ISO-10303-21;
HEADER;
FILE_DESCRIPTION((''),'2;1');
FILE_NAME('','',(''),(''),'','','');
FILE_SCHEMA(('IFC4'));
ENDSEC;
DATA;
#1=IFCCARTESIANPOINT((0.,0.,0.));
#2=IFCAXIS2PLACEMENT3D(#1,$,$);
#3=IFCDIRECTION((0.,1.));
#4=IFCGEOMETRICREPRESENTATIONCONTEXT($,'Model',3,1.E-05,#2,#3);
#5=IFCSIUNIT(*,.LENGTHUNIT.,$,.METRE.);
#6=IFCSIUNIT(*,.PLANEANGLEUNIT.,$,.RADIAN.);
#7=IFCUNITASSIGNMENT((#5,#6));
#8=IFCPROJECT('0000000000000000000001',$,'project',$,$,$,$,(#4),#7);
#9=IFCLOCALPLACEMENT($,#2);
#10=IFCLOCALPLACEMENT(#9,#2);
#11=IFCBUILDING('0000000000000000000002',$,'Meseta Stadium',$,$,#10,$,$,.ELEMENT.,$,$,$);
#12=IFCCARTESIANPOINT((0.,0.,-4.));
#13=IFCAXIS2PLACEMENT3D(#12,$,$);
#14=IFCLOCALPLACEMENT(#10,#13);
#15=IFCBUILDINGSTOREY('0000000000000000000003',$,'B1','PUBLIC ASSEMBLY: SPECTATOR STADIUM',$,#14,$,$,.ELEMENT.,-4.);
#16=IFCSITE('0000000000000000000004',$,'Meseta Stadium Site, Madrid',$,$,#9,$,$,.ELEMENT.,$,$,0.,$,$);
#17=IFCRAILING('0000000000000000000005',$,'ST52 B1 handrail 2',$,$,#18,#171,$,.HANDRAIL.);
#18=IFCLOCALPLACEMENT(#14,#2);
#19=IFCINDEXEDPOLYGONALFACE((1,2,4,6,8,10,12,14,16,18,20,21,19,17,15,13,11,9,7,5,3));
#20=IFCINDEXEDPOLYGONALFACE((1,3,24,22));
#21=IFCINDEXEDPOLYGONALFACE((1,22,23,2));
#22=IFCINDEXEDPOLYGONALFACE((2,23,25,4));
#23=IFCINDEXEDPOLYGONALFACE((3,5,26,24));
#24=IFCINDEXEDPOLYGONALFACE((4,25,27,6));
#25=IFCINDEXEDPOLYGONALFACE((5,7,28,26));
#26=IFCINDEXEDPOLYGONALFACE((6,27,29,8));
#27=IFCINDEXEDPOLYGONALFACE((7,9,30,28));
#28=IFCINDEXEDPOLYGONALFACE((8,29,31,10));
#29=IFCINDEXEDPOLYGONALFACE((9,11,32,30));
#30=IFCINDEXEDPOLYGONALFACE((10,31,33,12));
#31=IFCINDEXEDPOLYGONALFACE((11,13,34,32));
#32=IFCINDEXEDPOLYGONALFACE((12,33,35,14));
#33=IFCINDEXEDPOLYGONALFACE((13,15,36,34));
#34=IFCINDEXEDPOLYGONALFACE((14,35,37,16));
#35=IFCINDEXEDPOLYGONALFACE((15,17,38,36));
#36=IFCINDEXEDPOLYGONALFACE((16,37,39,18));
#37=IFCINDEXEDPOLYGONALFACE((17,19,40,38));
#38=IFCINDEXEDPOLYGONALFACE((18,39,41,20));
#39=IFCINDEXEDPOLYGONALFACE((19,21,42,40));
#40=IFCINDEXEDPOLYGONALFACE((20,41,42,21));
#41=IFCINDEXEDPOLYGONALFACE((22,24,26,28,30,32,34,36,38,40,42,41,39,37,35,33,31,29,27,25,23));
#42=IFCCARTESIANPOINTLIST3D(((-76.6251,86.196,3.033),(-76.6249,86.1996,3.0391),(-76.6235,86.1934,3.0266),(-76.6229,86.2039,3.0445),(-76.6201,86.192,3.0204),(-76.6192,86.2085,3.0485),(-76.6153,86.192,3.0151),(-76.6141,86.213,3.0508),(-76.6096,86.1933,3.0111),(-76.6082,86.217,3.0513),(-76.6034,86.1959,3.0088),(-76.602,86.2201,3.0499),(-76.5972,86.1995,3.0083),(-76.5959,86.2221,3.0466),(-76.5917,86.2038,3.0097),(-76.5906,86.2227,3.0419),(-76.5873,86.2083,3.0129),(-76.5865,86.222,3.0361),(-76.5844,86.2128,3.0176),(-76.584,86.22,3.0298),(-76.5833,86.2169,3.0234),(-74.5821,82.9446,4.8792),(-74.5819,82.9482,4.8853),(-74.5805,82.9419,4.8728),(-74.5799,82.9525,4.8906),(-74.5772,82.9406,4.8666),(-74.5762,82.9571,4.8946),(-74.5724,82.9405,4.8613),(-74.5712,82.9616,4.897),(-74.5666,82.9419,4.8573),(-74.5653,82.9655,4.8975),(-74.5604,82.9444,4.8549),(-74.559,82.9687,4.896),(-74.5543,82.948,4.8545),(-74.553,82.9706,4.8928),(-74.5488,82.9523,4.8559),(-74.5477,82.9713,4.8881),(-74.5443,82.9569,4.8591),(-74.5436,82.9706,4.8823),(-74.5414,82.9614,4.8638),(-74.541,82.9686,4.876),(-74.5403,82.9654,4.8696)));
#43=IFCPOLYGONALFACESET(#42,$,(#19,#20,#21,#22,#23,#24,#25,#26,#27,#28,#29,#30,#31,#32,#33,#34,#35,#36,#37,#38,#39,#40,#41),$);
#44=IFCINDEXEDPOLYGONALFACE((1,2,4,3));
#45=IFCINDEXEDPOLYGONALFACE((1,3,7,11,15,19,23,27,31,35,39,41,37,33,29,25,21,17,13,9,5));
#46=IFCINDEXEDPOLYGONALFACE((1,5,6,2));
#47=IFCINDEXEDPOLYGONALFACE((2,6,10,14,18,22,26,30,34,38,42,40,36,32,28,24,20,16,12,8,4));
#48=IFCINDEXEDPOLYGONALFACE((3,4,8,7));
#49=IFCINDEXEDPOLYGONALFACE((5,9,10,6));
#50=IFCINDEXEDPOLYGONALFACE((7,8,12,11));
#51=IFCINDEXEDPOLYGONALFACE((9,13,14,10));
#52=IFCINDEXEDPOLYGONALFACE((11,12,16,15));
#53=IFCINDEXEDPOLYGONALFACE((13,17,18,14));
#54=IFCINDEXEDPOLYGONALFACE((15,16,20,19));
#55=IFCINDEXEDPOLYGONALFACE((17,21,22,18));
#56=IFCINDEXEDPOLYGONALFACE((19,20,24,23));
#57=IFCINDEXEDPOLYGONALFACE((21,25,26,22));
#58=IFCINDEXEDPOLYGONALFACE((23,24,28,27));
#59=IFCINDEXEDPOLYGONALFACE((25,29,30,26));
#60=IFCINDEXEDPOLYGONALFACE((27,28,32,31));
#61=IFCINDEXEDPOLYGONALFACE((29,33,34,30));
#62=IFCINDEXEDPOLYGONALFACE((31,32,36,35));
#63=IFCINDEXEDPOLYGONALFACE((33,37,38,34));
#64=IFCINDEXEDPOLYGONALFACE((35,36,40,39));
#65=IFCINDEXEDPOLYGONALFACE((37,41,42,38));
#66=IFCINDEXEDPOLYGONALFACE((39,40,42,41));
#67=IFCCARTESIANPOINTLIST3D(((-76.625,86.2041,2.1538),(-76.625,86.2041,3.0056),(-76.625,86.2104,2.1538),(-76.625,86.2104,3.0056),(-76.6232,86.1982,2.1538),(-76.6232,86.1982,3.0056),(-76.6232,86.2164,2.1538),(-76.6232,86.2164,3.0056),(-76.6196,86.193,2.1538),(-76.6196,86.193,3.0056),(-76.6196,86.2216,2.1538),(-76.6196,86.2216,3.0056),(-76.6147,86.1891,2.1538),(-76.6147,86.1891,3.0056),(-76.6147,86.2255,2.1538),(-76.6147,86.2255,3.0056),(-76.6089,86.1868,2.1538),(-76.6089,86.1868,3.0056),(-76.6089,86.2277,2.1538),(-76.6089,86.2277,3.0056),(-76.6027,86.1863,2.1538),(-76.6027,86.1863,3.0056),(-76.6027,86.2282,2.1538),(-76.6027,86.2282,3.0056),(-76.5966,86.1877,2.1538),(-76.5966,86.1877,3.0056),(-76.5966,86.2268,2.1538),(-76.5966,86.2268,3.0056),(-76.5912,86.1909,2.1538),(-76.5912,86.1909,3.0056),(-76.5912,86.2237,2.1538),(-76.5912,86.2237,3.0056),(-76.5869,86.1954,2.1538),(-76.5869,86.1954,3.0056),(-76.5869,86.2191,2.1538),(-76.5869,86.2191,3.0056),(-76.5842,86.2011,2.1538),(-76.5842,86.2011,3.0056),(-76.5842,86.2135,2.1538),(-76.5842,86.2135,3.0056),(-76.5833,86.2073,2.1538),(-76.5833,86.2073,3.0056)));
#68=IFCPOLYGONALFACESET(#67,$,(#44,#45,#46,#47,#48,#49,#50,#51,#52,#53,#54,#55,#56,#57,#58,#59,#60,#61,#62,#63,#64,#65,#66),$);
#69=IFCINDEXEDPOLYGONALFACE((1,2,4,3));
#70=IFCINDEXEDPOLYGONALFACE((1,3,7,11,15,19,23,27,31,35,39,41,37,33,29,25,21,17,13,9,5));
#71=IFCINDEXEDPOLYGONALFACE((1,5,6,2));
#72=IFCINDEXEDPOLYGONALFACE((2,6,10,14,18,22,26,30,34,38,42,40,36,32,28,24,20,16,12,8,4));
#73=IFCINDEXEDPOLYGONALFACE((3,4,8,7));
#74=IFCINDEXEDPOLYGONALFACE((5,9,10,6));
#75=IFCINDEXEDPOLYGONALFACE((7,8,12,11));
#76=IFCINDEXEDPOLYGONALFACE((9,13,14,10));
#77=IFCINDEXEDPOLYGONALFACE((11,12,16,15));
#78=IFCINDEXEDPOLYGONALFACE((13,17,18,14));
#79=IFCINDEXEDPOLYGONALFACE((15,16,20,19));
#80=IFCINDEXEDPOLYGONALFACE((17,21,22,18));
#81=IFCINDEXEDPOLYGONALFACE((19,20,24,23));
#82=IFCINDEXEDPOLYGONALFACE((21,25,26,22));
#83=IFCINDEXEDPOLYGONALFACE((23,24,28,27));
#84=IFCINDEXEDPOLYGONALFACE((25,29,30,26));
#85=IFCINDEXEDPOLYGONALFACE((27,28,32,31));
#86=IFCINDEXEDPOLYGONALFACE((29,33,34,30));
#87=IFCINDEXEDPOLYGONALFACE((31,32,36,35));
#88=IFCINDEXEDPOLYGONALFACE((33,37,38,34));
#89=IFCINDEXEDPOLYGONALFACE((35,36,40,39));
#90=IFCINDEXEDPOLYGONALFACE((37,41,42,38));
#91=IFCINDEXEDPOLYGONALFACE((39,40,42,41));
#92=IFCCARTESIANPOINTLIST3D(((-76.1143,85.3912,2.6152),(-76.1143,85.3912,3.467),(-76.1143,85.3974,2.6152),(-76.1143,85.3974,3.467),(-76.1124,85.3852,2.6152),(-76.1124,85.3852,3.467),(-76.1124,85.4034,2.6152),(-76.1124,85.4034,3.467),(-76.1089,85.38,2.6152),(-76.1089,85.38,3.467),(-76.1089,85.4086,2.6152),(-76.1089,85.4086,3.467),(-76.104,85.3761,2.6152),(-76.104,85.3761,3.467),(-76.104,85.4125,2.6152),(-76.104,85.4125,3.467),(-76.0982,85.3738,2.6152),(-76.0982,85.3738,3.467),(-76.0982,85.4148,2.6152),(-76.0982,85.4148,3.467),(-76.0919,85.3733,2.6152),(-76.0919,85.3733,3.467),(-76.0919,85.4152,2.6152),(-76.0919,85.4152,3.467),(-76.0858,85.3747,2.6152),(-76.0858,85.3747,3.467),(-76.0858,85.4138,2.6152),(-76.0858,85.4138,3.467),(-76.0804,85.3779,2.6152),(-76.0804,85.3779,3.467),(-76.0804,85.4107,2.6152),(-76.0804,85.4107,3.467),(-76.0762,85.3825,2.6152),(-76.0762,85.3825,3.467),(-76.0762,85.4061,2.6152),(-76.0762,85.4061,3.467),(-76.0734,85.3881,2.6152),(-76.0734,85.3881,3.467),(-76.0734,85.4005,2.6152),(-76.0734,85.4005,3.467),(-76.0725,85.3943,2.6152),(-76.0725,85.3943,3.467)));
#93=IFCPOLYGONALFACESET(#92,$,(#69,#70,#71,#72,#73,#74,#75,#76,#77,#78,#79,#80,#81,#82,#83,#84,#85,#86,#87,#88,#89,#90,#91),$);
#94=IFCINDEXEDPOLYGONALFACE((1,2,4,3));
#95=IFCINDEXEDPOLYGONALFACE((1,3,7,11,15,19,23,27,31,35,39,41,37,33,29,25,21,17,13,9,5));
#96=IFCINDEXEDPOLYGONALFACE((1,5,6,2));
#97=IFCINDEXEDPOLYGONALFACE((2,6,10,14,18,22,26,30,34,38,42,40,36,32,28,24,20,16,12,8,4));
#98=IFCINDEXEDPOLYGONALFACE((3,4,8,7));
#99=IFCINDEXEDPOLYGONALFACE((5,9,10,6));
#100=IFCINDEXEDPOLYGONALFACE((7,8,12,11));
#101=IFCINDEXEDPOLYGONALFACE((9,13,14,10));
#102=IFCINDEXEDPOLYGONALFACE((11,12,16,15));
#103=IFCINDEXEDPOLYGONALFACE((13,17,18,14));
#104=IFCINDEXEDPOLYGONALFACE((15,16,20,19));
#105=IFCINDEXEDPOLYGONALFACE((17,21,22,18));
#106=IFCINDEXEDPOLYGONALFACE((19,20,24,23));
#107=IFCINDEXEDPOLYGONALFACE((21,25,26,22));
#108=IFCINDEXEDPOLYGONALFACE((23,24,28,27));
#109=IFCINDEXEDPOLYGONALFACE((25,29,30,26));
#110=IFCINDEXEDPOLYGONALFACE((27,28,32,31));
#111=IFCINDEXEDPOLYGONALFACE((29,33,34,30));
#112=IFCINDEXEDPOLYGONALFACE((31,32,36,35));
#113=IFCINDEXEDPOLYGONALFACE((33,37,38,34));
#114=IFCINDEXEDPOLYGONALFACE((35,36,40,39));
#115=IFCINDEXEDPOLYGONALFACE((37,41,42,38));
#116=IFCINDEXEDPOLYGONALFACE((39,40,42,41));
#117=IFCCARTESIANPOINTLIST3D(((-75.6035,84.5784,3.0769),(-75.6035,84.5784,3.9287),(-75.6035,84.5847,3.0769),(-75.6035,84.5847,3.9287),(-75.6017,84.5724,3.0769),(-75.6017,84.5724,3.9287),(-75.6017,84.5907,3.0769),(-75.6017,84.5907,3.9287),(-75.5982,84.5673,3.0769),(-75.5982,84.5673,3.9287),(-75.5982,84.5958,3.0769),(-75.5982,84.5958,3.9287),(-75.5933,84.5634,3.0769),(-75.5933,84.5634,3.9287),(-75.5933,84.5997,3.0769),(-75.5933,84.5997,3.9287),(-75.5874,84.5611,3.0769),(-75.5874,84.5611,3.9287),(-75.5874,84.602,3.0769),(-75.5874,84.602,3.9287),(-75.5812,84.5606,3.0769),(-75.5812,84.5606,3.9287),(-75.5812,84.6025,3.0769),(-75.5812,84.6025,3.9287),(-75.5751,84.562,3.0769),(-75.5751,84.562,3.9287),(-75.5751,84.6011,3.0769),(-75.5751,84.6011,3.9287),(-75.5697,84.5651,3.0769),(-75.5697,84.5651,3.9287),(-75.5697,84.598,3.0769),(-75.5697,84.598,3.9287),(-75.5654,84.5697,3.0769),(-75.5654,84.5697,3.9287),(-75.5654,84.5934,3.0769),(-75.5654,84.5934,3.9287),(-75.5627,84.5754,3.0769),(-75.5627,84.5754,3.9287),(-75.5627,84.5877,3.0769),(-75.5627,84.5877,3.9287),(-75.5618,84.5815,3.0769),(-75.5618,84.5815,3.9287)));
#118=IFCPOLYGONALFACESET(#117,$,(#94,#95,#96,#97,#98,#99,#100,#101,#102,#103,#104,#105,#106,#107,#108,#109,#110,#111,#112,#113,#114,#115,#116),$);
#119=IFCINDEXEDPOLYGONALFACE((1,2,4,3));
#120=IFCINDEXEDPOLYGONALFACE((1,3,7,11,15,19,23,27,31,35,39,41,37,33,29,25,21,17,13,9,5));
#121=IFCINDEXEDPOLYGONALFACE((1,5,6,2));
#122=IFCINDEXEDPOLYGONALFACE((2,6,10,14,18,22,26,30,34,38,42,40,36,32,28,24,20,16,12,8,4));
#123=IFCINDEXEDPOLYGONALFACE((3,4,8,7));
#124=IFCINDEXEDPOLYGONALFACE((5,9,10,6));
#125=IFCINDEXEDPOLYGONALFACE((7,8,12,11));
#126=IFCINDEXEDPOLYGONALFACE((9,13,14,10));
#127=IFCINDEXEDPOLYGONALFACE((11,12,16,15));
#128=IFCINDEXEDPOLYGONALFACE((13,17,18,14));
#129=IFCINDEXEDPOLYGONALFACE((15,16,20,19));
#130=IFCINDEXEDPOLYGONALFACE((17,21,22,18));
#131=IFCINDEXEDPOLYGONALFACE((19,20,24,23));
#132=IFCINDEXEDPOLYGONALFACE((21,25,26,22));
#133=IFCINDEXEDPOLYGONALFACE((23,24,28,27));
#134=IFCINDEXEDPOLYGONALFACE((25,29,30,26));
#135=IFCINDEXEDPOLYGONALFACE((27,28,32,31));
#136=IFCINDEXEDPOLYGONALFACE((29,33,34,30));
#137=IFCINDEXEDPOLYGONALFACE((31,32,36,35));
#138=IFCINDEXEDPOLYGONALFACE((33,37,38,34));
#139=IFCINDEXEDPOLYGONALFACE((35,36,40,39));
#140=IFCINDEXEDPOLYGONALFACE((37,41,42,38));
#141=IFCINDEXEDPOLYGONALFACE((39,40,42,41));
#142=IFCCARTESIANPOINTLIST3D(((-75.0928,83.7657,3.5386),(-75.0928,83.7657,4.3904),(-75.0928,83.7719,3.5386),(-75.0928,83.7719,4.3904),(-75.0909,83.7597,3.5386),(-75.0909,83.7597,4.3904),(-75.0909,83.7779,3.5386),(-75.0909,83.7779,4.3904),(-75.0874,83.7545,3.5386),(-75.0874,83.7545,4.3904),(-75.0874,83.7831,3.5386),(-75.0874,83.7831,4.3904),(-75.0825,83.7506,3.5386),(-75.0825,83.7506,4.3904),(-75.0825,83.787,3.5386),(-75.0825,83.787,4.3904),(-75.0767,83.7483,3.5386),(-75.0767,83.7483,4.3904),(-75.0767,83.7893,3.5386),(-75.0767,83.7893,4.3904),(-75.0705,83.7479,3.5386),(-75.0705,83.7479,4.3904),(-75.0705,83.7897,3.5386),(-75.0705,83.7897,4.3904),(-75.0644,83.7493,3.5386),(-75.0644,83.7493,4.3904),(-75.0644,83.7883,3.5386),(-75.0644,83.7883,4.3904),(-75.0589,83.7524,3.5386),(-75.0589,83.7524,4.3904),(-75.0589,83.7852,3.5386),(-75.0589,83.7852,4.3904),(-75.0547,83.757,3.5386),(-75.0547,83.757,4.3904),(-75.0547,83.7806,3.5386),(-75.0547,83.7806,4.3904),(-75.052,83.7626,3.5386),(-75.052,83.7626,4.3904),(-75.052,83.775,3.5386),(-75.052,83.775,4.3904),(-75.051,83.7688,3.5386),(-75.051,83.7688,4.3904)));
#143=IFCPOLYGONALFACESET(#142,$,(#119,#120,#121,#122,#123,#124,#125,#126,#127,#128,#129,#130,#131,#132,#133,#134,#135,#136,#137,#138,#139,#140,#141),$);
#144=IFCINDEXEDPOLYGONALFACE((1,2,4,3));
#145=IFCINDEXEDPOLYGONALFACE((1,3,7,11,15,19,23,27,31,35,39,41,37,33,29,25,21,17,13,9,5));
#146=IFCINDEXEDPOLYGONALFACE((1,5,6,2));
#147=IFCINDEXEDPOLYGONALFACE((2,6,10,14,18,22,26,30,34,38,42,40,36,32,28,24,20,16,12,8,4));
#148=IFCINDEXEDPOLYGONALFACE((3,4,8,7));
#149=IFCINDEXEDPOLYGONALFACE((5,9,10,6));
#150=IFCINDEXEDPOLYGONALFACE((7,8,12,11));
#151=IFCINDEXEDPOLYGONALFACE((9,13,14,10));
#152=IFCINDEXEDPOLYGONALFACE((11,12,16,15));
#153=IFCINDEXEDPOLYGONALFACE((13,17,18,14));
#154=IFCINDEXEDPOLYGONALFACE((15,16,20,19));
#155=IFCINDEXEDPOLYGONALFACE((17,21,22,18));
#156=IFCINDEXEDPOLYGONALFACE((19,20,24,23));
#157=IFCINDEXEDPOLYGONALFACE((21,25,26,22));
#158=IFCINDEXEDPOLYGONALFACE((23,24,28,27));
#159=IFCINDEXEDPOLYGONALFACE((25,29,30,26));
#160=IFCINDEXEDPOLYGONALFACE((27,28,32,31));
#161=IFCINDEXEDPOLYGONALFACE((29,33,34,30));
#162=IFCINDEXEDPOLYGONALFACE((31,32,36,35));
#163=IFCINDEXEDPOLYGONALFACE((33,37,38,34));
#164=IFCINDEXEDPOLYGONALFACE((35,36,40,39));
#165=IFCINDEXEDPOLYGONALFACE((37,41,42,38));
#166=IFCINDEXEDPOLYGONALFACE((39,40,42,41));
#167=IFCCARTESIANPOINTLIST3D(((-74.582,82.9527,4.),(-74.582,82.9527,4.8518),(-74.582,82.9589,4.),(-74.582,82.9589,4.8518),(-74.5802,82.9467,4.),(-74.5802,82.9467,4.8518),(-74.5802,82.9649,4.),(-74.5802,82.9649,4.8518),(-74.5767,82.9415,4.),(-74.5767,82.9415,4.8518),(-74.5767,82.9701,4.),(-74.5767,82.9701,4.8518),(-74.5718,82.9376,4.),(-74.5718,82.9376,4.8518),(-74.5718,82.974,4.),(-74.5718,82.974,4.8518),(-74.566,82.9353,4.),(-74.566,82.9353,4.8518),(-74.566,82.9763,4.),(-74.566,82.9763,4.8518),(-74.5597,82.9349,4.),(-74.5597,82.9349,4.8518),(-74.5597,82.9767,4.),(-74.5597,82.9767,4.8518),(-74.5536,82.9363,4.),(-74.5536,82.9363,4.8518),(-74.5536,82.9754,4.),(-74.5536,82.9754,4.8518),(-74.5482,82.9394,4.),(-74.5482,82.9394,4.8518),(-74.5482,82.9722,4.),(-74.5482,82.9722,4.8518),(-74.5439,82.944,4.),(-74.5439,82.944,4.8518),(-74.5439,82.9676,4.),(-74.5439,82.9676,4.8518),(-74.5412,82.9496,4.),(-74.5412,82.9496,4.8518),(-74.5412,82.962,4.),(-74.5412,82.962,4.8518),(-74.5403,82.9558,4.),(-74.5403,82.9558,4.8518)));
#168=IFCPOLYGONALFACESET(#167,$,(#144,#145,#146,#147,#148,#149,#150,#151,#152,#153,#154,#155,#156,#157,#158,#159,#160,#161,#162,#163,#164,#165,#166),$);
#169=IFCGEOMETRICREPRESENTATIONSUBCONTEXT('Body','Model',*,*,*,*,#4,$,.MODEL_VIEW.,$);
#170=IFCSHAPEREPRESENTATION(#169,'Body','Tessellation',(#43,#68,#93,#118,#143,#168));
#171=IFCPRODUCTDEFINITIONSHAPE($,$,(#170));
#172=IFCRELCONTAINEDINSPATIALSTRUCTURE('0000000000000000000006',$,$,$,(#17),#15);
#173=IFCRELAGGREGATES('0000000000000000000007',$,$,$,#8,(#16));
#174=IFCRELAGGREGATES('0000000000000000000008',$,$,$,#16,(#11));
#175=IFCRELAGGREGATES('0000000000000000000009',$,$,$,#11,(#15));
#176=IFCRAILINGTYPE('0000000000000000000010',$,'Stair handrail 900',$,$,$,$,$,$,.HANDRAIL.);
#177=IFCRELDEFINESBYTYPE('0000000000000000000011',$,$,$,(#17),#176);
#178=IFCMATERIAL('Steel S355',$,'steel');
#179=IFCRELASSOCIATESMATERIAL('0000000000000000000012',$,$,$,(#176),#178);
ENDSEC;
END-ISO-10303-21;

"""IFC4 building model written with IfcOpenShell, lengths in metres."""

from ifc_helpers import new_model, si_unit, direction, frame, origin, origin_2d, place, context, subcontext, project, spatial, circle, extrude, material, type_object, element, save


model = new_model("IFC4")

# Units and contexts
model_context = context("Model", 3, precision=1e-05, world=origin(), true_north=direction((0.0, 1.0)))
body_context = subcontext(model_context, "Body", "Model", "MODEL_VIEW")
ifc_project = project(units=[si_unit("LENGTHUNIT", "METRE"), si_unit("PLANEANGLEUNIT", "RADIAN")], contexts=[model_context])

# Site, building, storey
site_placement = place(None, origin())
site = spatial("IfcSite", under=ifc_project, at=site_placement, Name="Meseta Stadium Site, Madrid", CompositionType="ELEMENT", RefElevation=0.0)
building_placement = place(site_placement, origin())
building = spatial("IfcBuilding", under=site, at=building_placement, Name="Meseta Stadium", CompositionType="ELEMENT")
storey_placement = place(building_placement, frame((0.0, 0.0, -4.0)))
storey = spatial("IfcBuildingStorey", under=building, at=storey_placement, Name="B1", Description="PUBLIC ASSEMBLY: SPECTATOR STADIUM", CompositionType="ELEMENT", Elevation=-4.0)

# Railing
ifc_material_1 = material(Name="Steel S355", Category="steel")
railing_type_1 = type_object("IfcRailingType", Name="Stair handrail 900", PredefinedType="HANDRAIL", material=ifc_material_1)
for number, where, name in (
    (1, (-76.6042, 86.2073, 2.1538), "ST52 B1 handrail 2"),
):
    element("IfcRailing", number, at=place(storey_placement, frame(where)), inside=storey, type_object=railing_type_1, Name=name, PredefinedType="HANDRAIL", context=body_context, shape_type="SweptSolid", body=[
        extrude(circle(Radius=0.0239, at=origin_2d()), frame((0.0, 0.0, 0.876), z_axis=(0.479483, -0.763117, 0.4333), x_axis=(0.846731, 0.53202, 0.0)), (0.0, 0.0, 1.0), 4.2607),
        extrude(circle(Radius=0.021, at=origin_2d()), origin(), (0.0, 0.0, 1.0), 0.8518),
        extrude(circle(Radius=0.021, at=origin_2d()), frame((0.5107, -0.813, 0.4614)), (0.0, 0.0, 1.0), 0.8518),
        extrude(circle(Radius=0.021, at=origin_2d()), frame((1.0215, -1.6257, 0.9231)), (0.0, 0.0, 1.0), 0.8518),
        extrude(circle(Radius=0.021, at=origin_2d()), frame((1.5322, -2.4385, 1.3848)), (0.0, 0.0, 1.0), 0.8518),
        extrude(circle(Radius=0.021, at=origin_2d()), frame((2.043, -3.2515, 1.8462)), (0.0, 0.0, 1.0), 0.8518),
    ])

save(model, "model.ifc")
